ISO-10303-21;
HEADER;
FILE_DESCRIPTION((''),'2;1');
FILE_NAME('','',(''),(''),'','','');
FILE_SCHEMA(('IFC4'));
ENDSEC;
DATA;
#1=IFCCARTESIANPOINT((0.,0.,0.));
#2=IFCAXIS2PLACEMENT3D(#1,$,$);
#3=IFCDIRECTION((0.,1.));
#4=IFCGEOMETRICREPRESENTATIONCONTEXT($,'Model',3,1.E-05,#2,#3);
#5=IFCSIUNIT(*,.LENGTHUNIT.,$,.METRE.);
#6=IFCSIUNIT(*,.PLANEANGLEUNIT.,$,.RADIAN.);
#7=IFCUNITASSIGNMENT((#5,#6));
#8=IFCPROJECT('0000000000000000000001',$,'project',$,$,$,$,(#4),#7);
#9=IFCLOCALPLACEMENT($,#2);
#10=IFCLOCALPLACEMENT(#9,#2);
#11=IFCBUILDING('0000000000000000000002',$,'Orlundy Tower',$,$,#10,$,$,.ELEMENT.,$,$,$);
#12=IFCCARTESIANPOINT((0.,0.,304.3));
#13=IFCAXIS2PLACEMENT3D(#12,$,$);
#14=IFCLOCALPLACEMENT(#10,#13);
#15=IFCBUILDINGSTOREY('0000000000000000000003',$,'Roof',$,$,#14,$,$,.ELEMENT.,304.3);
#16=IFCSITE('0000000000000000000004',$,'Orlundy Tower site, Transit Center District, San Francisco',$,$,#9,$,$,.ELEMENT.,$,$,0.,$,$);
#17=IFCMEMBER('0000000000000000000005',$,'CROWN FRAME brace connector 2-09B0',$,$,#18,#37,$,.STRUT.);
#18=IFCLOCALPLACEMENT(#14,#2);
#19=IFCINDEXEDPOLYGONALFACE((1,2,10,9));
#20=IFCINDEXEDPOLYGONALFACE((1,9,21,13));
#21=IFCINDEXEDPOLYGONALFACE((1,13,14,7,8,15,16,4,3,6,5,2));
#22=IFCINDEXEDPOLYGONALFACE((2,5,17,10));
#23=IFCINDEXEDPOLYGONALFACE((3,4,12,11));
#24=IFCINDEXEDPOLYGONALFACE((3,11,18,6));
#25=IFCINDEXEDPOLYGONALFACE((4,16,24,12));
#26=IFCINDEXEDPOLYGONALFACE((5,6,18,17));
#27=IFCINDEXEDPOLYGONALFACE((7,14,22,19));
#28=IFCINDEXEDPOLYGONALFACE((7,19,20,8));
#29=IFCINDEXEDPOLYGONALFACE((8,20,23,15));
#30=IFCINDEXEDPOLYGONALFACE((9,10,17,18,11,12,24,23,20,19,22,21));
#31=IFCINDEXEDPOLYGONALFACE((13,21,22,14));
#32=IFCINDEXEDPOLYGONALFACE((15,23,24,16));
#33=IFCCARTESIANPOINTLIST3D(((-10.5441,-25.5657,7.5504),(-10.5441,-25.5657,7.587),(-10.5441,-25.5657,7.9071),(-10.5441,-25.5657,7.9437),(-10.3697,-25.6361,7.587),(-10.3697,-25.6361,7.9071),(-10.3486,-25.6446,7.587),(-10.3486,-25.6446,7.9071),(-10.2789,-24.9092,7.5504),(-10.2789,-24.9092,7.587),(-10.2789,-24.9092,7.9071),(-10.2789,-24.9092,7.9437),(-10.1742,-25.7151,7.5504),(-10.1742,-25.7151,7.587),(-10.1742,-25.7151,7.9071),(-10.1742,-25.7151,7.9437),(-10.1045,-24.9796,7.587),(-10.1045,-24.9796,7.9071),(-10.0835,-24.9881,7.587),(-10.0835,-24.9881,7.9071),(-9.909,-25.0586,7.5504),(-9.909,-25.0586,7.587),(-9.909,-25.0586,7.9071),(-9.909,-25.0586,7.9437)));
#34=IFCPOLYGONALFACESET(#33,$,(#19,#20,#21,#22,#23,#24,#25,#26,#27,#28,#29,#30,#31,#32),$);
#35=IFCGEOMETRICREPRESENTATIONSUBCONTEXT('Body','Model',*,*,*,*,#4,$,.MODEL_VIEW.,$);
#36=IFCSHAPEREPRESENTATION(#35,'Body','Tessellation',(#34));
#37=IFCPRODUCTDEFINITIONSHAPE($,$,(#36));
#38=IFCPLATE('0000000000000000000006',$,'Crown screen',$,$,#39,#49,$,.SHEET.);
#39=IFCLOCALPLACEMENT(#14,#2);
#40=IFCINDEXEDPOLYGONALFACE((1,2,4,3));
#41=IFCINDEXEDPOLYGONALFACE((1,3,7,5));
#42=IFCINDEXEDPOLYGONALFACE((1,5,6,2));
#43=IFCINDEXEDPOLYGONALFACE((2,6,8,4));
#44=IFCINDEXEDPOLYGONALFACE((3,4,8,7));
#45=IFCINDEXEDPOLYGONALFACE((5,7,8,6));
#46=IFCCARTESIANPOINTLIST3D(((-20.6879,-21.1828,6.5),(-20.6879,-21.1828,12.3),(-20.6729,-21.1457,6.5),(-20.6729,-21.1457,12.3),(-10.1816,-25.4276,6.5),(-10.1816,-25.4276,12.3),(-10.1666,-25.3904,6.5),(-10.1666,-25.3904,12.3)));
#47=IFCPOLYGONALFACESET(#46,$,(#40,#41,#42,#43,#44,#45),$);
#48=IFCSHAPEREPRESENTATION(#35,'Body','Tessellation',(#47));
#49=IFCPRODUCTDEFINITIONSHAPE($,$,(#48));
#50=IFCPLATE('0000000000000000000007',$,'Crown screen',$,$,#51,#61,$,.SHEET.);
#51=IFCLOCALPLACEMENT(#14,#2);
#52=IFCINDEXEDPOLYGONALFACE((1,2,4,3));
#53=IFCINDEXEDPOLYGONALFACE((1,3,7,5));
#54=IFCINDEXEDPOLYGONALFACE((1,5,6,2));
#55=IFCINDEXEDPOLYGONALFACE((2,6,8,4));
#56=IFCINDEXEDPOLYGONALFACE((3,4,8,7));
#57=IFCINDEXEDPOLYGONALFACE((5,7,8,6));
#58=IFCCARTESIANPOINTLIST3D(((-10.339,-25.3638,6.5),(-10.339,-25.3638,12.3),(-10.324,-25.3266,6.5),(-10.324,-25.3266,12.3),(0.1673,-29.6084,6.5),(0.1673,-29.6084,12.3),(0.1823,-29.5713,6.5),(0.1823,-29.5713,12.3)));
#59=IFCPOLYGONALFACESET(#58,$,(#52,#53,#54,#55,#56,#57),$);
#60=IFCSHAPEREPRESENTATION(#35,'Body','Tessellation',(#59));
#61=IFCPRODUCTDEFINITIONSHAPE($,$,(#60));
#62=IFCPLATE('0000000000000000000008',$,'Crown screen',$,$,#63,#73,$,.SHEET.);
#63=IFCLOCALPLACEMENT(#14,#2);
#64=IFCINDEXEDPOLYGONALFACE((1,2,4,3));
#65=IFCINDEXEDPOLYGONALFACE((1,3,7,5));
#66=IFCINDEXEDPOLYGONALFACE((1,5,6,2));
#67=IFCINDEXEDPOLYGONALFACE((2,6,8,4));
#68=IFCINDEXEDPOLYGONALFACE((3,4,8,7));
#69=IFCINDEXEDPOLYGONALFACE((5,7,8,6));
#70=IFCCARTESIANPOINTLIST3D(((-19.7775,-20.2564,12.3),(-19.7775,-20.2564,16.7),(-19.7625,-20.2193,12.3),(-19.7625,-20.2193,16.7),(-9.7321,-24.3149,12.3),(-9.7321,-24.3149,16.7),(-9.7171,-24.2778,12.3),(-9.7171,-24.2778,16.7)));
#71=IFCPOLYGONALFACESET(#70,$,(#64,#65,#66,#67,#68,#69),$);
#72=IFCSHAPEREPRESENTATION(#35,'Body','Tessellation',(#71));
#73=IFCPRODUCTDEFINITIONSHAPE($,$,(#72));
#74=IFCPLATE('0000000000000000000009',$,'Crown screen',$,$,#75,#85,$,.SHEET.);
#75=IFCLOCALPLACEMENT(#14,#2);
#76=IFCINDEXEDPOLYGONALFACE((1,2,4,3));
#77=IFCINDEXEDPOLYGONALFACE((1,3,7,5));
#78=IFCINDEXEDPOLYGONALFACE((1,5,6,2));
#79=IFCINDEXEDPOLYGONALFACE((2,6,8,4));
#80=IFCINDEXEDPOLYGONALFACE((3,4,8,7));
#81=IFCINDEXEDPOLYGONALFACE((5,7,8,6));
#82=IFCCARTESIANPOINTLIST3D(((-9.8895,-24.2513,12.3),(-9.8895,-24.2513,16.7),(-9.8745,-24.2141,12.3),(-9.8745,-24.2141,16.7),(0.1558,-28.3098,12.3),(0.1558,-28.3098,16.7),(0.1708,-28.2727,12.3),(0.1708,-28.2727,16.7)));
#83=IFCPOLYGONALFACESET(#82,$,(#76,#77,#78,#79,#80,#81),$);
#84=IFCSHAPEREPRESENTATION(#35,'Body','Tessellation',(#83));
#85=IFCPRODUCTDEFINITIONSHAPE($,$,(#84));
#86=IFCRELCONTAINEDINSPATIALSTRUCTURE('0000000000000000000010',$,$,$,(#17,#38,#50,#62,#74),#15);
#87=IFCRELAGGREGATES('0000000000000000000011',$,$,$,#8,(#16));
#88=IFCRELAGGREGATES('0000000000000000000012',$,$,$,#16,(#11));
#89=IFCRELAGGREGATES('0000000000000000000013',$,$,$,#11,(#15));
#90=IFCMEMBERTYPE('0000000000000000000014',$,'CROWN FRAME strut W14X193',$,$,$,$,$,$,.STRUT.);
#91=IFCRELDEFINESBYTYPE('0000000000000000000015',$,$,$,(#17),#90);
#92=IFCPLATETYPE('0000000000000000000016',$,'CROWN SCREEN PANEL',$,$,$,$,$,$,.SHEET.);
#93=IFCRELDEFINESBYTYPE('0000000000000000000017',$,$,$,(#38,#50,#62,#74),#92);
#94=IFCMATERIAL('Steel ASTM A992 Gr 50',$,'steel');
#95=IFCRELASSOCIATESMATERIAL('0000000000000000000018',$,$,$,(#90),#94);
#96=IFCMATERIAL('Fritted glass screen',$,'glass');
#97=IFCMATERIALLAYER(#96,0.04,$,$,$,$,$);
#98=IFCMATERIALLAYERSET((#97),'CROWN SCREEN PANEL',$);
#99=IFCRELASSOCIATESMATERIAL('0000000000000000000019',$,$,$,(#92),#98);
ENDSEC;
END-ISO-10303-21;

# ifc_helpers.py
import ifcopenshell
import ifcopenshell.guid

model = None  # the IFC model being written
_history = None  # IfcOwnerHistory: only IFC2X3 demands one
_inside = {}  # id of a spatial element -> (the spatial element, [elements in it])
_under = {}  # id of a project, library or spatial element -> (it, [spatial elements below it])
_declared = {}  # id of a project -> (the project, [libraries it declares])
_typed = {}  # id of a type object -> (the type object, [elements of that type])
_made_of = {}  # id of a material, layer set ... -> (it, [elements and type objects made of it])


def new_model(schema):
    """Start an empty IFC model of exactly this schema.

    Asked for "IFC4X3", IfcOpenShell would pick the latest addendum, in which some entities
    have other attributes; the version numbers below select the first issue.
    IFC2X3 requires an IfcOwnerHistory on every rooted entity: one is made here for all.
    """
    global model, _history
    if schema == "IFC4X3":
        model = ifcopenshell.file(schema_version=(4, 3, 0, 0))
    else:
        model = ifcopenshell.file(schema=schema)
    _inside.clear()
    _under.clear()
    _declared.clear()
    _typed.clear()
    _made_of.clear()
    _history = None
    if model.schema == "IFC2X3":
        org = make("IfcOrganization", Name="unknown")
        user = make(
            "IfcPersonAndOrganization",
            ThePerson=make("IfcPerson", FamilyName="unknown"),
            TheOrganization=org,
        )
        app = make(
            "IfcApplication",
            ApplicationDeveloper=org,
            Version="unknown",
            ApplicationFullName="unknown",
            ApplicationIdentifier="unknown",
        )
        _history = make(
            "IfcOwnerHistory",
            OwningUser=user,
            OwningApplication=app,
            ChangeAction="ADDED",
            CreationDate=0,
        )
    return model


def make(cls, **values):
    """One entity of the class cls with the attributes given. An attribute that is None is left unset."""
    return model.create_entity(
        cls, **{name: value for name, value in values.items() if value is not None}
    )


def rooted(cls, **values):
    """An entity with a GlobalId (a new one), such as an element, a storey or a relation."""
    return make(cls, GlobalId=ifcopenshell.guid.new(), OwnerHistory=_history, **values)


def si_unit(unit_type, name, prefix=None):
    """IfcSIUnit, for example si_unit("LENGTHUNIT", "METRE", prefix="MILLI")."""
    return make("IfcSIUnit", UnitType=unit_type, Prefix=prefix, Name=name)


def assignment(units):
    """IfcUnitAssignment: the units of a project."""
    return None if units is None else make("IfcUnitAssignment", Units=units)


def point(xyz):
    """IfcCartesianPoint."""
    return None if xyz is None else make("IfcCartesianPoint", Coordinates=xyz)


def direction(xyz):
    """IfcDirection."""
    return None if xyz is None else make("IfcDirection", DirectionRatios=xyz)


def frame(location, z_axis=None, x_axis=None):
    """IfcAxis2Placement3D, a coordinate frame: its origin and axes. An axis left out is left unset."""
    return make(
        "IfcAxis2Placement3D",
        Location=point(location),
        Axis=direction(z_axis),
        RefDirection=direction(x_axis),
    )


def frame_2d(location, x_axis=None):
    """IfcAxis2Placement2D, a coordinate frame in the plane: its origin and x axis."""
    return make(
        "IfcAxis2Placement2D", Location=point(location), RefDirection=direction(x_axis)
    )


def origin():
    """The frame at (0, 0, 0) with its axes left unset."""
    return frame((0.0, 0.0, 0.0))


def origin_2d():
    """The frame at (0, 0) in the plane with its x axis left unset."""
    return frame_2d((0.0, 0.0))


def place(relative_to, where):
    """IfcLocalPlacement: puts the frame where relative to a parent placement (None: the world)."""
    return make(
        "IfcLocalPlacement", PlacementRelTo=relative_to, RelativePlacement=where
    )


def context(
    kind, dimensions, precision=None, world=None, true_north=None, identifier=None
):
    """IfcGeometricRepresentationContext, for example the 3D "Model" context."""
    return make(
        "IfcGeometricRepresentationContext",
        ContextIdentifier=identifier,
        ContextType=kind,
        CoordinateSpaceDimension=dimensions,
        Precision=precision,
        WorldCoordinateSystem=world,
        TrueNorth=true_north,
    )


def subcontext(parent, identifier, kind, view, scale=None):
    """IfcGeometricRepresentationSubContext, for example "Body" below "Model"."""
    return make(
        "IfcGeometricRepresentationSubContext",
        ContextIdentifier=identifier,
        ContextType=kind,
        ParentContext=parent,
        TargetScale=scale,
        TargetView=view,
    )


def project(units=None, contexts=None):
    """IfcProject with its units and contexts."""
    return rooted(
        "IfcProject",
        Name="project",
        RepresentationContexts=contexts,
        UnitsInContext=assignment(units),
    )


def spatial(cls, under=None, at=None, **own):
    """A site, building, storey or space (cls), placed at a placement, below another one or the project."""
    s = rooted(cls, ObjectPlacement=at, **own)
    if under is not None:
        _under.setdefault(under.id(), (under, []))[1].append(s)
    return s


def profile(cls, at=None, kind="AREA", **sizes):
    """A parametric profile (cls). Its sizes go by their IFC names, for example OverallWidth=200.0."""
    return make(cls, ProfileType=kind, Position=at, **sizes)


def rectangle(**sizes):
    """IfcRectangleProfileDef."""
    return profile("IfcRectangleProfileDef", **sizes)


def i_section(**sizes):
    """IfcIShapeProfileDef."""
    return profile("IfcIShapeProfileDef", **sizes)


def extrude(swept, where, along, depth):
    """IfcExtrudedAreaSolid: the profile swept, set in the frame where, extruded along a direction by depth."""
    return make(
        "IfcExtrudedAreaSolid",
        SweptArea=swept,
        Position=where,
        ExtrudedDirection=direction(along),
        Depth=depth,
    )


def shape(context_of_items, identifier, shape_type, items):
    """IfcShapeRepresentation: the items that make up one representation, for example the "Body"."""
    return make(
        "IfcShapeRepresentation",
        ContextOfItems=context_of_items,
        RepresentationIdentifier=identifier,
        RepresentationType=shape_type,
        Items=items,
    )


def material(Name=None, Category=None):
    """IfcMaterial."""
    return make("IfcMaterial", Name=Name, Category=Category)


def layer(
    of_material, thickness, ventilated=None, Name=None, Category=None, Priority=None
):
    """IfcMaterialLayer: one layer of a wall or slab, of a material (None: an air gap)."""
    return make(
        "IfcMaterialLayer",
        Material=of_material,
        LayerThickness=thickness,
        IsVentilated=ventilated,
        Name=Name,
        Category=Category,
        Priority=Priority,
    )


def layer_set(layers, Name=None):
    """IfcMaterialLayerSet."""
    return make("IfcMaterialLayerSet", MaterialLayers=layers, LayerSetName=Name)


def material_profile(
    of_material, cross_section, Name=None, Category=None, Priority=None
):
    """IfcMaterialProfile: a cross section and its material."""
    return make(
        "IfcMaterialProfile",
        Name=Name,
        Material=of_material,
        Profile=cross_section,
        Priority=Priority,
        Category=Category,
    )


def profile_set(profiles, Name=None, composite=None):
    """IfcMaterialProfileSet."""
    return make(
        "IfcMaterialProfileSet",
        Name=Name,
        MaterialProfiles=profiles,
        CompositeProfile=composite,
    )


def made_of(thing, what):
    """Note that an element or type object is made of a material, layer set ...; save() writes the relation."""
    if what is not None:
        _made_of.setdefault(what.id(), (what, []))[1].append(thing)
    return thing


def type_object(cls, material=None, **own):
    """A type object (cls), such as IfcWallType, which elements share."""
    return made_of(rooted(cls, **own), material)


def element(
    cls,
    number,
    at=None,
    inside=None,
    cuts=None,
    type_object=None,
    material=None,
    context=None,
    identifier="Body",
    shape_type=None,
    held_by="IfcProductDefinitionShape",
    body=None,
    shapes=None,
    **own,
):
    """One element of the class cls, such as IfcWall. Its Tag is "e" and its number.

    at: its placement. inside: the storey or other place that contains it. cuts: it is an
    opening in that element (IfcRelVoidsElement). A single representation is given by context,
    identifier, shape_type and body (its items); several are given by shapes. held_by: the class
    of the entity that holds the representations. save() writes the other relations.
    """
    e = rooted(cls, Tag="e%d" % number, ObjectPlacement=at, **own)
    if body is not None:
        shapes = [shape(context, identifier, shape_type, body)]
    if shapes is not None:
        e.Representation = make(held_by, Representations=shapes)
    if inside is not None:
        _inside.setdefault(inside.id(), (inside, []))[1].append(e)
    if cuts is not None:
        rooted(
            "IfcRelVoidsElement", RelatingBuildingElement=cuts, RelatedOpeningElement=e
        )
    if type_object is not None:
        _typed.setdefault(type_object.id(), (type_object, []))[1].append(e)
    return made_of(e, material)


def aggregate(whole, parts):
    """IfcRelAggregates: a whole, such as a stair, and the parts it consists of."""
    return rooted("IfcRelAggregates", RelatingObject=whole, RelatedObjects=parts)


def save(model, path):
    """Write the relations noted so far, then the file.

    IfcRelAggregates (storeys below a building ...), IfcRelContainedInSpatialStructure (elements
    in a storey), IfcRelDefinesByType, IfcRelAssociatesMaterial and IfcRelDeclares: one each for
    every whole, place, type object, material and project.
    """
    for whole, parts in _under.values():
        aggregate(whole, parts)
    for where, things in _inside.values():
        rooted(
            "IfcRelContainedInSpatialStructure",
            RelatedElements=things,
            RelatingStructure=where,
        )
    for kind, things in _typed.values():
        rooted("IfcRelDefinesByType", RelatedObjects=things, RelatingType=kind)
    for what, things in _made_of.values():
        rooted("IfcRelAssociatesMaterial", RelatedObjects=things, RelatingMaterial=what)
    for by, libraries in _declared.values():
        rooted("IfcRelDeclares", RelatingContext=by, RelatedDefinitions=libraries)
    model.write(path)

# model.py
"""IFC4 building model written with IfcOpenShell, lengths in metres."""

from ifc_helpers import new_model, si_unit, direction, frame, origin, origin_2d, place, context, subcontext, project, spatial, rectangle, i_section, extrude, material, layer, layer_set, material_profile, profile_set, type_object, element, save


model = new_model("IFC4")

# Units and contexts
model_context = context("Model", 3, precision=1e-05, world=origin(), true_north=direction((0.0, 1.0)))
body_context = subcontext(model_context, "Body", "Model", "MODEL_VIEW")
ifc_project = project(units=[si_unit("LENGTHUNIT", "METRE"), si_unit("PLANEANGLEUNIT", "RADIAN")], contexts=[model_context])

# Site, building, storey
site_placement = place(None, origin())
site = spatial("IfcSite", under=ifc_project, at=site_placement, Name="Orlundy Tower site, Transit Center District, San Francisco", CompositionType="ELEMENT", RefElevation=0.0)
building_placement = place(site_placement, origin())
building = spatial("IfcBuilding", under=site, at=building_placement, Name="Orlundy Tower", CompositionType="ELEMENT")
storey_placement = place(building_placement, frame((0.0, 0.0, 304.3)))
storey = spatial("IfcBuildingStorey", under=building, at=storey_placement, Name="Roof", CompositionType="ELEMENT", Elevation=304.3)

# Member
ifc_material_1 = material(Name="Steel ASTM A992 Gr 50", Category="steel")
ifc_material_profile_1 = material_profile(ifc_material_1, i_section(OverallWidth=0.3989, OverallDepth=0.3933, WebThickness=0.0227, FlangeThickness=0.0366, at=origin_2d()), Name="W14X193")
ifc_profile_set_1 = profile_set([ifc_material_profile_1], Name="Steel ASTM A992 Gr 50")
member_type_1 = type_object("IfcMemberType", Name="CROWN FRAME strut W14X193", PredefinedType="STRUT", material=ifc_profile_set_1)
for number, where, z_axis, x_axis, name in (
    (1, (-10.094, -24.9839, 7.7471), (-0.37448, -0.927235, 0.0), (0.927235, -0.37448, 0.0), "CROWN FRAME brace connector 2-09B0"),
):
    element("IfcMember", number, at=place(storey_placement, frame(where, z_axis=z_axis, x_axis=x_axis)), inside=storey, type_object=member_type_1, Name=name, PredefinedType="STRUT", context=body_context, shape_type="SweptSolid", body=[
        extrude(i_section(OverallWidth=0.3989, OverallDepth=0.3933, WebThickness=0.0227, FlangeThickness=0.0366, at=origin_2d()), origin(), (0.0, 0.0, 1.0), 0.708),
    ])

# Plates
ifc_material_2 = material(Name="Fritted glass screen", Category="glass")
ifc_layer = layer(ifc_material_2, 0.04)
ifc_layer_set = layer_set([ifc_layer], Name="CROWN SCREEN PANEL")
plate_type = type_object("IfcPlateType", Name="CROWN SCREEN PANEL", PredefinedType="SHEET", material=ifc_layer_set)
for number, where, z_axis, x_axis, name in (
    (2, (-15.4272, -23.2866, 6.5), (0.0, 0.0, 1.0), (0.927185, -0.374603, 0.0), "Crown screen"),
    (3, (-5.0784, -27.4675, 6.5), (0.0, 0.0, 1.0), (0.927188, -0.374595, 0.0), "Crown screen"),
):
    element("IfcPlate", number, at=place(storey_placement, frame(where, z_axis=z_axis, x_axis=x_axis)), inside=storey, type_object=plate_type, Name=name, PredefinedType="SHEET", context=body_context, shape_type="SweptSolid", body=[
        extrude(rectangle(XDim=11.3313, YDim=0.04, at=origin_2d()), origin(), (0.0, 0.0, 1.0), 5.8),
    ])
for number, where, z_axis, x_axis, name in (
    (4, (-14.7473, -22.2671, 12.3), (0.0, 0.0, 1.0), (0.927188, -0.374596, 0.0), "Crown screen"),
    (5, (-4.8594, -26.262, 12.3), (0.0, 0.0, 1.0), (0.927185, -0.374604, 0.0), "Crown screen"),
):
    element("IfcPlate", number, at=place(storey_placement, frame(where, z_axis=z_axis, x_axis=x_axis)), inside=storey, type_object=plate_type, Name=name, PredefinedType="SHEET", context=body_context, shape_type="SweptSolid", body=[
        extrude(rectangle(XDim=10.8342, YDim=0.04, at=origin_2d()), origin(), (0.0, 0.0, 1.0), 4.3999),
    ])

save(model, "model.ifc")
